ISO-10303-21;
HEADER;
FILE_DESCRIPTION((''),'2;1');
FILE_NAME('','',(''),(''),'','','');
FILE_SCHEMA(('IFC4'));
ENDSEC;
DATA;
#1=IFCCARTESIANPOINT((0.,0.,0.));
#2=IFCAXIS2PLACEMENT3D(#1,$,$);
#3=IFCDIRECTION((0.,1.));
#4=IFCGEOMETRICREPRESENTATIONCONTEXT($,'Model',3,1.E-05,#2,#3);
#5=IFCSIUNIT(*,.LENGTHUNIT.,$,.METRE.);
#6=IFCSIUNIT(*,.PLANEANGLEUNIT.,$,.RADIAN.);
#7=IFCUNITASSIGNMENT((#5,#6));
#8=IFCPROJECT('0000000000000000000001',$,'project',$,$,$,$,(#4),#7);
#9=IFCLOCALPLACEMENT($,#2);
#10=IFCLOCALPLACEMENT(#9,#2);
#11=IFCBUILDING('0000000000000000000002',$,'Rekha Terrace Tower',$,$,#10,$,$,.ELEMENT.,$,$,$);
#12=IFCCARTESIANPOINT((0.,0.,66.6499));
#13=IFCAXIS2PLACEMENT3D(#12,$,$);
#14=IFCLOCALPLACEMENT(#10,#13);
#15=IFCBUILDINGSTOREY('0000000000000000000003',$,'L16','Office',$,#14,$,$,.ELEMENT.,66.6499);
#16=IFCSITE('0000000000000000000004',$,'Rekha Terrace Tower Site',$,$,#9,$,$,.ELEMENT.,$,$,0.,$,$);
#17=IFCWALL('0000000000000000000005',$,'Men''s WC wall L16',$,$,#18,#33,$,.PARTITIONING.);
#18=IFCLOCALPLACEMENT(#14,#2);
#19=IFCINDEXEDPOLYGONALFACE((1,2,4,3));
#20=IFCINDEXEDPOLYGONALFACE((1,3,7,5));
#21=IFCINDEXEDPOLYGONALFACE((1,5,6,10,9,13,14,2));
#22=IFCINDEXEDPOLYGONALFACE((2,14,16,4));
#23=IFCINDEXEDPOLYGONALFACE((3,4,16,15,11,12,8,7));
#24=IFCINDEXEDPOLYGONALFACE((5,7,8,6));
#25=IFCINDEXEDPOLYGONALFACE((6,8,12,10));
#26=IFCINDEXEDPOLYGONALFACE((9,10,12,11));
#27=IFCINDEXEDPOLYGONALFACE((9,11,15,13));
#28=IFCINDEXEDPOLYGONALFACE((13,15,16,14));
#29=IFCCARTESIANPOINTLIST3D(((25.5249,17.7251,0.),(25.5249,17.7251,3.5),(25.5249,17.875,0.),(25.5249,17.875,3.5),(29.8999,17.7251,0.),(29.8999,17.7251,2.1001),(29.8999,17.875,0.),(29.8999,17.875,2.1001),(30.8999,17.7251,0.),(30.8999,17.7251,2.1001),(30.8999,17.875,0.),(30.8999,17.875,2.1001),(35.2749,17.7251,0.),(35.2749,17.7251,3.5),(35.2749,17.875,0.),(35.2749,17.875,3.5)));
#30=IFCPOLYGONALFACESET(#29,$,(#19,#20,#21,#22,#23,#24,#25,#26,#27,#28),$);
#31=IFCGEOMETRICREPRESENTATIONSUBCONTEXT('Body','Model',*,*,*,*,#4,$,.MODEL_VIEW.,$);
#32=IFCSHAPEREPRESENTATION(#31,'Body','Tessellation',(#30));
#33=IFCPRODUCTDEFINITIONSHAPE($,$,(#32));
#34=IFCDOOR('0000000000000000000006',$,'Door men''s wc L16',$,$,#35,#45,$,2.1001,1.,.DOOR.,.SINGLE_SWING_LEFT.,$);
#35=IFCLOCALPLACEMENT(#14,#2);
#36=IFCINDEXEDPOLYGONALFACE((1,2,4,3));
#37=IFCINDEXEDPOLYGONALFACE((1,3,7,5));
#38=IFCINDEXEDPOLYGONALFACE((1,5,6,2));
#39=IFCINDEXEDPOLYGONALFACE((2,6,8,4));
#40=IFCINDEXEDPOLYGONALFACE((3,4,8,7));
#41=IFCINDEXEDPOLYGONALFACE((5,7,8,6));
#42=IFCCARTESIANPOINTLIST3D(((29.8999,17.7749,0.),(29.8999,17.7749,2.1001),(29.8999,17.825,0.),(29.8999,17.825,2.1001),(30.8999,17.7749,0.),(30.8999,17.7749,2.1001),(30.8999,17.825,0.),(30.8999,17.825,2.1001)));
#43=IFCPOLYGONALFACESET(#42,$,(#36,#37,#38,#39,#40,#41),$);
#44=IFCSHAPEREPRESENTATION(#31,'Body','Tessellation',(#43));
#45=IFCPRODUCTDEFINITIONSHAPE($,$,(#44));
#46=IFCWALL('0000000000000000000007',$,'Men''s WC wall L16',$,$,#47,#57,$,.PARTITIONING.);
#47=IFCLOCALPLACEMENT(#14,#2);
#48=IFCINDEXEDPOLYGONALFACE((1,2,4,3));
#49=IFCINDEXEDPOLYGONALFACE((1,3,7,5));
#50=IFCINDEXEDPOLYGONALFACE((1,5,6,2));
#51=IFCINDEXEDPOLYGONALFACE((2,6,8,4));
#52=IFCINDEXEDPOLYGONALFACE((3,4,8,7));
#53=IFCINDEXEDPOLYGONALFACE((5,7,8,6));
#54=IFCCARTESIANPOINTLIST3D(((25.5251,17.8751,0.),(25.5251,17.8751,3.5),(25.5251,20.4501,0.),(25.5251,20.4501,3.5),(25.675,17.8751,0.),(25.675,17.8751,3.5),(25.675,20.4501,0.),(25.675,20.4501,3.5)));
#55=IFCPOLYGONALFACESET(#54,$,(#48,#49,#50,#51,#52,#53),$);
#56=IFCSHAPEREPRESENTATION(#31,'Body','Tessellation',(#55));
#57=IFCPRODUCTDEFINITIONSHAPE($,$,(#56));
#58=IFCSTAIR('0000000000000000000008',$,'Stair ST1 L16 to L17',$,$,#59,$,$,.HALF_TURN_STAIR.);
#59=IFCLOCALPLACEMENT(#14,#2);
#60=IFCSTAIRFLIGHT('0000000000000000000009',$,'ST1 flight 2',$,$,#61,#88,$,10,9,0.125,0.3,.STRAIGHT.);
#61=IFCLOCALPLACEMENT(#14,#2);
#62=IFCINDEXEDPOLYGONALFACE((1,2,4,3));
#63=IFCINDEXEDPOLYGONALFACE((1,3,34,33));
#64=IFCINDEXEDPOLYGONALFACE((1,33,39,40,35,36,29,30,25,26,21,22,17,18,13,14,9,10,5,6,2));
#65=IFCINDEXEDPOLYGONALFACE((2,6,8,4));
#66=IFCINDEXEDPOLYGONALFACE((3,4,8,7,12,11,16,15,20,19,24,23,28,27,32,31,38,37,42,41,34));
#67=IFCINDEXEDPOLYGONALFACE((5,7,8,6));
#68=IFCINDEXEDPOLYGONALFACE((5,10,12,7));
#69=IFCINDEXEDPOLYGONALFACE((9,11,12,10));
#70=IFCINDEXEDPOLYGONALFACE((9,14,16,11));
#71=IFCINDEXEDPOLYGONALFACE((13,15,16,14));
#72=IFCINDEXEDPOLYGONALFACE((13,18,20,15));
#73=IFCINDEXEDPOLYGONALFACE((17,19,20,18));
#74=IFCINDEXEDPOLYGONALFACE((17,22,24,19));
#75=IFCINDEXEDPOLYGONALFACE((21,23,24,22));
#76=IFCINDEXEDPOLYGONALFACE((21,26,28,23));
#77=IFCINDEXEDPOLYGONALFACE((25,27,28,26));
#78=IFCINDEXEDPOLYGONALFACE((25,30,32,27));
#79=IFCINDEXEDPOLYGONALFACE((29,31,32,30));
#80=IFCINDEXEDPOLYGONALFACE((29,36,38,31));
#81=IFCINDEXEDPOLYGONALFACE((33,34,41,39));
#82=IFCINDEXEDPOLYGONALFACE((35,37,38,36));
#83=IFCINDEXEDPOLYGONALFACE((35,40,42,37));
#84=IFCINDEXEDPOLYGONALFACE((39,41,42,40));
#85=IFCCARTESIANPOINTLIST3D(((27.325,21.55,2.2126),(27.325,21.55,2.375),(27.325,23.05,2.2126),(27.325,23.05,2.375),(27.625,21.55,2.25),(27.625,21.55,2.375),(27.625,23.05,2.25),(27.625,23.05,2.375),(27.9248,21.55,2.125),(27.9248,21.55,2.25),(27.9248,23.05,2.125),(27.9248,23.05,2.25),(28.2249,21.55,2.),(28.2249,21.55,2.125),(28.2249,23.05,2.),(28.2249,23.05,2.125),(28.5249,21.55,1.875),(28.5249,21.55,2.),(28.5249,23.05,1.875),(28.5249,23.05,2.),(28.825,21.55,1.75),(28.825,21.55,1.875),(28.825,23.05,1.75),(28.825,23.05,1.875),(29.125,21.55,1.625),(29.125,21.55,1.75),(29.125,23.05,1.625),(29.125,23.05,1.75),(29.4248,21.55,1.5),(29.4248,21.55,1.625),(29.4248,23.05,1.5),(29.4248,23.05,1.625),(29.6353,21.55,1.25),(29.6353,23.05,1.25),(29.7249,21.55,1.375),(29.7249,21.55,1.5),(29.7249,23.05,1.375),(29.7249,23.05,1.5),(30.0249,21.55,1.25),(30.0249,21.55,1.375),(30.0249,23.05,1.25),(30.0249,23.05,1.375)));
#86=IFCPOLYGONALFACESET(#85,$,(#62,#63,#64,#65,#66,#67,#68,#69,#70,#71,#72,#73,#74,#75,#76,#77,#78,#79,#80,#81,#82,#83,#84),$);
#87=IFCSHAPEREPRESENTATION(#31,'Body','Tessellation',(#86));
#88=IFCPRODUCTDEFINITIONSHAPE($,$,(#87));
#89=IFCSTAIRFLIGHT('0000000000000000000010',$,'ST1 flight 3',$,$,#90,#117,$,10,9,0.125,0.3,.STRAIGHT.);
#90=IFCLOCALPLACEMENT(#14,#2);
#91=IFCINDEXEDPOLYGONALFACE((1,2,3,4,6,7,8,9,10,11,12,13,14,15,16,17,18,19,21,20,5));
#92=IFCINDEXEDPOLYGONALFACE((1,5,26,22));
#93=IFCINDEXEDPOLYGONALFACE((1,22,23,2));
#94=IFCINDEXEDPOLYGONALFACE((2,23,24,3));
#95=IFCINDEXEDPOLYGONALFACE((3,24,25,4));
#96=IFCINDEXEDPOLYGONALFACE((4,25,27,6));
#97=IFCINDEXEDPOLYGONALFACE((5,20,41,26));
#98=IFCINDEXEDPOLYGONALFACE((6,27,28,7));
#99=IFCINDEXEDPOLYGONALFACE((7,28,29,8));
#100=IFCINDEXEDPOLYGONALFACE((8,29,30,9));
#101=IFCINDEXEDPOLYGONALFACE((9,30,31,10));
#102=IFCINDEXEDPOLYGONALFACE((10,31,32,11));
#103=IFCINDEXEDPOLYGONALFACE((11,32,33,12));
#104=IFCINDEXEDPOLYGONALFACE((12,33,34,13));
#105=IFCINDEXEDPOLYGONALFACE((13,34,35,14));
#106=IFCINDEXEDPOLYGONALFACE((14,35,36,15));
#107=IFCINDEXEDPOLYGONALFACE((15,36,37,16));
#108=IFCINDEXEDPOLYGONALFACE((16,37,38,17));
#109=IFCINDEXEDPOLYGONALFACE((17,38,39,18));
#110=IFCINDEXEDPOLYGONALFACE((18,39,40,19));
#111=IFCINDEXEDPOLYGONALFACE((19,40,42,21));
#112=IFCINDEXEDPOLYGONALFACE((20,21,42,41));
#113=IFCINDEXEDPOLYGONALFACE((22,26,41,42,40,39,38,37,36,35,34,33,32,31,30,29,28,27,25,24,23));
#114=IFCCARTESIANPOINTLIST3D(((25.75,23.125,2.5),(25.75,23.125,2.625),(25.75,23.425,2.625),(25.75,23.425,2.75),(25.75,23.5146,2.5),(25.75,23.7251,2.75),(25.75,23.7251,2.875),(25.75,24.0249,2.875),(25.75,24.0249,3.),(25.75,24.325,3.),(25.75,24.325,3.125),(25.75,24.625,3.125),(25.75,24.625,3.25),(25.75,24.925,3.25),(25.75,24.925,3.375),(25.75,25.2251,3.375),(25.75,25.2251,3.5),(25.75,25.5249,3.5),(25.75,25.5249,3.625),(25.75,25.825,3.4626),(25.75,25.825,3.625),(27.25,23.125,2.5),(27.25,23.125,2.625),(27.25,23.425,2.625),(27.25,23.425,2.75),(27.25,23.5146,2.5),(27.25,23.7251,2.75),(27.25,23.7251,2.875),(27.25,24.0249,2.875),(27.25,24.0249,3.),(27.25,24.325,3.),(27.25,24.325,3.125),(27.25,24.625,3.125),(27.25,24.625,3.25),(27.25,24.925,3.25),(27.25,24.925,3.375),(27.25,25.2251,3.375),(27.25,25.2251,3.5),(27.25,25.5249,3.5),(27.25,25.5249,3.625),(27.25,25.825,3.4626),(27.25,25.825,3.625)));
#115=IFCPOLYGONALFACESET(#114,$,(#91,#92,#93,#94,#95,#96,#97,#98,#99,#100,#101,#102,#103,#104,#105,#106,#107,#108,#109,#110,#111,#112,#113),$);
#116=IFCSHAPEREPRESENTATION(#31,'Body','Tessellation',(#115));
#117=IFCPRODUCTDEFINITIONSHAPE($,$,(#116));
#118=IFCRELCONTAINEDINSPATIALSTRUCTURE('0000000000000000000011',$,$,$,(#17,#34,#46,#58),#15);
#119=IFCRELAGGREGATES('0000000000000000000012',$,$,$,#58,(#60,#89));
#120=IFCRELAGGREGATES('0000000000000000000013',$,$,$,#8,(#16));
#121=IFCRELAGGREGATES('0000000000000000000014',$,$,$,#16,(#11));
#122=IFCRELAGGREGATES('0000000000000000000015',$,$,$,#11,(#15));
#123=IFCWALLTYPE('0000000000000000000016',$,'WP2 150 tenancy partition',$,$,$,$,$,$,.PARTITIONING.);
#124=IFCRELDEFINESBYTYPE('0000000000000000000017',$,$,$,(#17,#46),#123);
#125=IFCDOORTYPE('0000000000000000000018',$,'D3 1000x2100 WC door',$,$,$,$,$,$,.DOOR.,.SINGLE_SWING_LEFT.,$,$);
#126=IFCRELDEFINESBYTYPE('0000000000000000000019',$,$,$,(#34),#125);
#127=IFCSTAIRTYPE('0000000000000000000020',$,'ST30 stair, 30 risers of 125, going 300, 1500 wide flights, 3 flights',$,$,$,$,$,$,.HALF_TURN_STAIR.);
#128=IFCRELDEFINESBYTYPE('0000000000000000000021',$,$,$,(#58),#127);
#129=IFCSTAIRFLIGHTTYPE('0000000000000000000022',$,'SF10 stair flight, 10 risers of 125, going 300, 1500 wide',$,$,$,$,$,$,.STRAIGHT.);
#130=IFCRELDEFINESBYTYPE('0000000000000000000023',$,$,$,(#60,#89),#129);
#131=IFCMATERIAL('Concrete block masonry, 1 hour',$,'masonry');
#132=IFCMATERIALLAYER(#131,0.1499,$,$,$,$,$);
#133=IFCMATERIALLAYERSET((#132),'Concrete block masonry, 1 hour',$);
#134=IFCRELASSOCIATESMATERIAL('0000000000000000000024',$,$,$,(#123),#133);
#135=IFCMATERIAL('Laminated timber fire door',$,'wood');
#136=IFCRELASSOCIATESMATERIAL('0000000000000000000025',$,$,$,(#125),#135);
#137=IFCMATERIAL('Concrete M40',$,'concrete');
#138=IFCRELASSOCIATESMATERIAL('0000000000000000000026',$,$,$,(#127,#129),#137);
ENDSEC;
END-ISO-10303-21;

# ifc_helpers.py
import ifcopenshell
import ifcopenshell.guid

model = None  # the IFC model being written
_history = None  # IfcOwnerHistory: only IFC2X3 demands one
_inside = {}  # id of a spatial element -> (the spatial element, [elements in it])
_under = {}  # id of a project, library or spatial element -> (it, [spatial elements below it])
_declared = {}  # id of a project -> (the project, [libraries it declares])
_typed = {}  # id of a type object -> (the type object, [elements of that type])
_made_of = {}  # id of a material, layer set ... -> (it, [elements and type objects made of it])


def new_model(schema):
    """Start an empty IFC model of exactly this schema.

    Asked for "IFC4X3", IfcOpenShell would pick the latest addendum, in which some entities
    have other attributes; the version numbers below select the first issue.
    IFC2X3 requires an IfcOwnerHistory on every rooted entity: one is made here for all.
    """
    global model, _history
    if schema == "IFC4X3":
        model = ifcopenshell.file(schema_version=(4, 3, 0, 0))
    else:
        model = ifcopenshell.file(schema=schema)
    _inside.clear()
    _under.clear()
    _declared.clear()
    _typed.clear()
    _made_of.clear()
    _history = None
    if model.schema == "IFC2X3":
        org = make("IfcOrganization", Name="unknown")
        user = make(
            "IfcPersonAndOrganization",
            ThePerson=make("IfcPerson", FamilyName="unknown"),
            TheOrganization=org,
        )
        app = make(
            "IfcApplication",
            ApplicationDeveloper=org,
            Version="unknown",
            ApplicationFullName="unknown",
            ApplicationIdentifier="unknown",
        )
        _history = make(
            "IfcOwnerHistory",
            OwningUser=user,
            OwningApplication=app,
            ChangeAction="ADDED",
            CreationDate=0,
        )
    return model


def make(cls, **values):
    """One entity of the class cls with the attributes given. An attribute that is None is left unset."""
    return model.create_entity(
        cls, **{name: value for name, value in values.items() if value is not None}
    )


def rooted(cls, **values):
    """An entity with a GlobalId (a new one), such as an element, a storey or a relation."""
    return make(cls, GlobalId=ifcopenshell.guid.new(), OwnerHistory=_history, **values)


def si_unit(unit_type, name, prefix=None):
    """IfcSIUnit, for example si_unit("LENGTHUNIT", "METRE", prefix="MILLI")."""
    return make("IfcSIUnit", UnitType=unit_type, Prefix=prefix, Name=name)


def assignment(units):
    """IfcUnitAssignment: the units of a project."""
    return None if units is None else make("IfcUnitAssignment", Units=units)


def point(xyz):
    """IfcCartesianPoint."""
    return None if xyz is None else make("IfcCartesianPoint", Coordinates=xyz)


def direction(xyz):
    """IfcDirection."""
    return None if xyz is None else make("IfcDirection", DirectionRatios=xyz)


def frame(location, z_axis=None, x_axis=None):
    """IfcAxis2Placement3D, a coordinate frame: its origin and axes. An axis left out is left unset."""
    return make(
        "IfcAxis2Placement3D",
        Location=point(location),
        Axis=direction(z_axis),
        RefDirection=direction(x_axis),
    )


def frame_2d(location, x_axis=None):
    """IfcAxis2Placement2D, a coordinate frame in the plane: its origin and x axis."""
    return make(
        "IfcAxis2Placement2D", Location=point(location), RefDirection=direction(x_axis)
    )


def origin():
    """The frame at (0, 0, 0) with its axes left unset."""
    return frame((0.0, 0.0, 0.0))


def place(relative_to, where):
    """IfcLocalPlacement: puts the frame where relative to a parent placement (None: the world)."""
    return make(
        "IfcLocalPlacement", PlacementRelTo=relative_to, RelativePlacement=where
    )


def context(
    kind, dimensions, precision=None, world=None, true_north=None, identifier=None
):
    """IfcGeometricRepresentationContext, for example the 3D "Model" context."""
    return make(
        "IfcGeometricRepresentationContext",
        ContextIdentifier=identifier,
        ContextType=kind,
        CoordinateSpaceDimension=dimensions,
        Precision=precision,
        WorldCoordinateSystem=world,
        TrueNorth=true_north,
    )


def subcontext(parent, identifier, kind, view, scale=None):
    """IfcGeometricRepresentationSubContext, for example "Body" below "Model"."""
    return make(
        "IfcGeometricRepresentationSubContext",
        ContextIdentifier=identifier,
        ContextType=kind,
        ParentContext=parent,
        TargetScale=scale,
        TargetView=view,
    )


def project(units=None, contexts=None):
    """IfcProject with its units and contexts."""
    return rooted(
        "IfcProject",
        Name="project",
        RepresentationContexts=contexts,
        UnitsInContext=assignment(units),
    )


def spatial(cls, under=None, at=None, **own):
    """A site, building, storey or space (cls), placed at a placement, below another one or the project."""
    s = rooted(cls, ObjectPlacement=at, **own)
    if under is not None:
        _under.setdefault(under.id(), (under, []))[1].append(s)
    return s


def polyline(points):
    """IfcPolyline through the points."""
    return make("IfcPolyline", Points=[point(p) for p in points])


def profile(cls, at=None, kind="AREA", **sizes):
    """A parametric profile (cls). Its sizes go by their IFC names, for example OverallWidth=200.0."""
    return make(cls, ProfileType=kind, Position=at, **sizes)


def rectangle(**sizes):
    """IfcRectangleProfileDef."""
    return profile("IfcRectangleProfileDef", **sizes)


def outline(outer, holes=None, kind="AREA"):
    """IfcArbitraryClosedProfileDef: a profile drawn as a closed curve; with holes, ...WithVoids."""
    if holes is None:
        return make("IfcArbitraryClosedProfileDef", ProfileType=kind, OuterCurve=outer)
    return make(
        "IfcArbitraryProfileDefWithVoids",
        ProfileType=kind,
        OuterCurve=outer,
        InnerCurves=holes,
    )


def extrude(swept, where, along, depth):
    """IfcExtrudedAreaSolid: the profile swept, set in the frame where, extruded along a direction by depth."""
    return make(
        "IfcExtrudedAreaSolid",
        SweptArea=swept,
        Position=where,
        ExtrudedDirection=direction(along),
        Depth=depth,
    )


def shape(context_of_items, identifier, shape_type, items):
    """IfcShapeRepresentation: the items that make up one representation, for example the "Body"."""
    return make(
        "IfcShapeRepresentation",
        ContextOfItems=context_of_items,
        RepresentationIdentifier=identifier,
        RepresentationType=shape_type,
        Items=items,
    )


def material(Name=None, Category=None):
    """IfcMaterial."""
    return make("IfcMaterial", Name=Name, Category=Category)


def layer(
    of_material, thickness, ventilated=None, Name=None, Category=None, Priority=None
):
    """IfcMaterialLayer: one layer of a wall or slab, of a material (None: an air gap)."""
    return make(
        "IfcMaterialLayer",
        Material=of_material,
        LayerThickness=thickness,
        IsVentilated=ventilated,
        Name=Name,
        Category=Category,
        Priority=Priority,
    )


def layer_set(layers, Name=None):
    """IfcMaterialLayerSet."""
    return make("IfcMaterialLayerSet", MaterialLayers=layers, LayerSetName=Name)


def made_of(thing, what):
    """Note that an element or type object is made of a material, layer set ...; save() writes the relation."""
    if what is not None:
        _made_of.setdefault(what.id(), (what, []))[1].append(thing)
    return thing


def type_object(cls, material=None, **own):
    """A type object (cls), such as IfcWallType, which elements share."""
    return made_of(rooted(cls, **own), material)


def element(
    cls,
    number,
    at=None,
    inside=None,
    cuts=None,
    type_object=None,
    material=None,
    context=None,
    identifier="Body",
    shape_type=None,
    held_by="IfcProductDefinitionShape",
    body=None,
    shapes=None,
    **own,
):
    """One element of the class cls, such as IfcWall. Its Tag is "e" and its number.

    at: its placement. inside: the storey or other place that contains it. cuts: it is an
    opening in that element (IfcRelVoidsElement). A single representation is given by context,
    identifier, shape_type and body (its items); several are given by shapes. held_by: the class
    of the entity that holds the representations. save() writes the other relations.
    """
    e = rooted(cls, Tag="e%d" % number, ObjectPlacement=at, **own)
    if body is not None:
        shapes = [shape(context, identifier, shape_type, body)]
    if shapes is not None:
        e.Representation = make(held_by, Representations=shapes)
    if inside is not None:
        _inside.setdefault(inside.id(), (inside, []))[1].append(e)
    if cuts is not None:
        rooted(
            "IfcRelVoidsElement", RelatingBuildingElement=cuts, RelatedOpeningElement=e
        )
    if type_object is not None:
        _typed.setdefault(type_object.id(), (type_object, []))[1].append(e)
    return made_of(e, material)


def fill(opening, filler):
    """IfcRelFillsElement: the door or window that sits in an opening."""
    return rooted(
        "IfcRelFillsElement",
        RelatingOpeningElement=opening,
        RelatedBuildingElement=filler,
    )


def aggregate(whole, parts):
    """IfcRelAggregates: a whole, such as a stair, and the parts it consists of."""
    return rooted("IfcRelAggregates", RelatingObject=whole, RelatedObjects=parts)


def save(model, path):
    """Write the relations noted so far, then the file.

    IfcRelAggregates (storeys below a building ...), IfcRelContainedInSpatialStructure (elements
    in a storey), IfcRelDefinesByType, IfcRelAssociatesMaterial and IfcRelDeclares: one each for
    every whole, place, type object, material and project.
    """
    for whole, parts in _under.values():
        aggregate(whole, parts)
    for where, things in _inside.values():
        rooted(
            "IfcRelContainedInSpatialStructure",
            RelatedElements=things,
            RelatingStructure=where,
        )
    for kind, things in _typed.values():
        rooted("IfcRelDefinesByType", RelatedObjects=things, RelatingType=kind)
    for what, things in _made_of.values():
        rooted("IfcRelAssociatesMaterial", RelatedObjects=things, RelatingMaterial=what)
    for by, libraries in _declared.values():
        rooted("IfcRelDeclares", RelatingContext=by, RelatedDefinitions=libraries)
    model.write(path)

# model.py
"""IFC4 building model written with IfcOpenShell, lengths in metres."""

from ifc_helpers import new_model, si_unit, direction, frame, frame_2d, origin, place, context, subcontext, project, spatial, polyline, rectangle, outline, extrude, material, layer, layer_set, type_object, element, fill, aggregate, save


model = new_model("IFC4")

# Units and contexts
model_context = context("Model", 3, precision=1e-05, world=origin(), true_north=direction((0.0, 1.0)))
body_context = subcontext(model_context, "Body", "Model", "MODEL_VIEW")
ifc_project = project(units=[si_unit("LENGTHUNIT", "METRE"), si_unit("PLANEANGLEUNIT", "RADIAN")], contexts=[model_context])

# Site, building, storey
site_placement = place(None, origin())
site = spatial("IfcSite", under=ifc_project, at=site_placement, Name="Rekha Terrace Tower Site", CompositionType="ELEMENT", RefElevation=0.0)
building_placement = place(site_placement, origin())
building = spatial("IfcBuilding", under=site, at=building_placement, Name="Rekha Terrace Tower", CompositionType="ELEMENT")
storey_placement = place(building_placement, frame((0.0, 0.0, 66.6499)))
storey = spatial("IfcBuildingStorey", under=building, at=storey_placement, Name="L16", Description="Office", CompositionType="ELEMENT", Elevation=66.6499)

# Wall, opening, door
ifc_material_1 = material(Name="Concrete block masonry, 1 hour", Category="masonry")
ifc_layer_1 = layer(ifc_material_1, 0.1499)
ifc_layer_set_1 = layer_set([ifc_layer_1], Name="Concrete block masonry, 1 hour")
wall_type_1 = type_object("IfcWallType", Name="WP2 150 tenancy partition", PredefinedType="PARTITIONING", material=ifc_layer_set_1)
wall_1_placement = place(storey_placement, frame((25.5249, 17.8, 0.0), z_axis=(0.0, 0.0, 1.0), x_axis=(1.0, 0.0, 0.0)))
wall_1 = element("IfcWall", 1, at=wall_1_placement, inside=storey, type_object=wall_type_1, Name="Men's WC wall L16", PredefinedType="PARTITIONING", context=body_context, shape_type="SweptSolid", body=[
    extrude(rectangle(XDim=9.75, YDim=0.1499, at=frame_2d((4.875, 0.0))), origin(), (0.0, 0.0, 1.0), 3.5),
])
opening_1_placement = place(wall_1_placement, frame((4.375, 0.0, 0.0)))
opening_1 = element("IfcOpeningElement", 2, at=opening_1_placement, cuts=wall_1, PredefinedType="OPENING", context=body_context, shape_type="SweptSolid", body=[
    extrude(rectangle(XDim=1.0, YDim=2.1001, at=frame_2d((0.5, 1.05))), frame((0.0, 0.085, 0.0), z_axis=(0.0, -1.0, 0.0), x_axis=(1.0, 0.0, 0.0)), (0.0, 0.0, 1.0), 0.1699),
])
ifc_material_2 = material(Name="Laminated timber fire door", Category="wood")
door_type_1 = type_object("IfcDoorType", Name="D3 1000x2100 WC door", OperationType="SINGLE_SWING_LEFT", PredefinedType="DOOR", material=ifc_material_2)
door_1_placement = place(opening_1_placement, origin())
door_1 = element("IfcDoor", 3, at=door_1_placement, inside=storey, type_object=door_type_1, Name="Door men's wc L16", OperationType="SINGLE_SWING_LEFT", OverallHeight=2.1001, OverallWidth=1.0, PredefinedType="DOOR", context=body_context, shape_type="SweptSolid", body=[
    extrude(rectangle(XDim=1.0, YDim=2.1001, at=frame_2d((0.5, 1.05))), frame((0.0, 0.0249, 0.0), z_axis=(0.0, -1.0, 0.0), x_axis=(1.0, 0.0, 0.0)), (0.0, 0.0, 1.0), 0.05),
])
fill(opening_1, door_1)

# Wall
wall_2_placement = place(storey_placement, frame((25.6001, 17.875, 0.0), z_axis=(0.0, 0.0, 1.0), x_axis=(0.0, 1.0, 0.0)))
element("IfcWall", 4, at=wall_2_placement, inside=storey, type_object=wall_type_1, Name="Men's WC wall L16", PredefinedType="PARTITIONING", context=body_context, shape_type="SweptSolid", body=[
    extrude(rectangle(XDim=2.575, YDim=0.1499, at=frame_2d((1.2876, 0.0))), origin(), (0.0, 0.0, 1.0), 3.5),
])

# Stair, stair flights
ifc_material_3 = material(Name="Concrete M40", Category="concrete")
stair_type = type_object("IfcStairType", Name="ST30 stair, 30 risers of 125, going 300, 1500 wide flights, 3 flights", PredefinedType="HALF_TURN_STAIR", material=ifc_material_3)
stair_placement = place(storey_placement, origin())
stair = element("IfcStair", 5, at=stair_placement, inside=storey, type_object=stair_type, Name="Stair ST1 L16 to L17", PredefinedType="HALF_TURN_STAIR")
stair_flight_type = type_object("IfcStairFlightType", Name="SF10 stair flight, 10 risers of 125, going 300, 1500 wide", PredefinedType="STRAIGHT", material=ifc_material_3)
stair_flight_1_placement = place(storey_placement, frame((30.0249, 22.3, 1.25), z_axis=(0.0, 0.0, 1.0), x_axis=(-1.0, 0.0, 0.0)))
stair_flight_1 = element("IfcStairFlight", 6, at=stair_flight_1_placement, type_object=stair_flight_type, Name="ST1 flight 2", NumberOfRisers=10, NumberOfTreads=9, PredefinedType="STRAIGHT", RiserHeight=0.125, TreadLength=0.3, context=body_context, shape_type="SweptSolid", body=[
    extrude(outline(polyline([(0.0, 0.0), (0.0, 0.125), (0.3, 0.125), (0.3, 0.25), (0.6001, 0.25), (0.6001, 0.375), (0.8999, 0.375), (0.8999, 0.5), (1.2, 0.5), (1.2, 0.625), (1.5, 0.625), (1.5, 0.75), (1.8, 0.75), (1.8, 0.875), (2.1001, 0.875), (2.1001, 1.0), (2.3999, 1.0), (2.3999, 1.125), (2.7, 1.125), (2.7, 1.25), (2.7, 0.9626), (0.3896, 0.0), (0.0, 0.0)])), frame((0.0, 0.75, 0.0), z_axis=(0.0, -1.0, 0.0), x_axis=(1.0, 0.0, 0.0)), (0.0, 0.0, 1.0), 1.5),
])
stair_flight_2_placement = place(storey_placement, frame((26.5, 23.125, 2.5), z_axis=(0.0, 0.0, 1.0), x_axis=(0.0, 1.0, 0.0)))
stair_flight_2 = element("IfcStairFlight", 7, at=stair_flight_2_placement, type_object=stair_flight_type, Name="ST1 flight 3", NumberOfRisers=10, NumberOfTreads=9, PredefinedType="STRAIGHT", RiserHeight=0.125, TreadLength=0.3, context=body_context, shape_type="SweptSolid", body=[
    extrude(outline(polyline([(0.0, 0.0), (0.0, 0.125), (0.3, 0.125), (0.3, 0.25), (0.6001, 0.25), (0.6001, 0.375), (0.8999, 0.375), (0.8999, 0.5), (1.2, 0.5), (1.2, 0.625), (1.5, 0.625), (1.5, 0.75), (1.8, 0.75), (1.8, 0.875), (2.1001, 0.875), (2.1001, 1.0), (2.3999, 1.0), (2.3999, 1.125), (2.7, 1.125), (2.7, 1.25), (2.7, 0.9626), (0.3896, 0.0), (0.0, 0.0)])), frame((0.0, 0.75, 0.0), z_axis=(0.0, -1.0, 0.0), x_axis=(1.0, 0.0, 0.0)), (0.0, 0.0, 1.0), 1.5),
])
aggregate(stair, [stair_flight_1, stair_flight_2])

save(model, "model.ifc")
